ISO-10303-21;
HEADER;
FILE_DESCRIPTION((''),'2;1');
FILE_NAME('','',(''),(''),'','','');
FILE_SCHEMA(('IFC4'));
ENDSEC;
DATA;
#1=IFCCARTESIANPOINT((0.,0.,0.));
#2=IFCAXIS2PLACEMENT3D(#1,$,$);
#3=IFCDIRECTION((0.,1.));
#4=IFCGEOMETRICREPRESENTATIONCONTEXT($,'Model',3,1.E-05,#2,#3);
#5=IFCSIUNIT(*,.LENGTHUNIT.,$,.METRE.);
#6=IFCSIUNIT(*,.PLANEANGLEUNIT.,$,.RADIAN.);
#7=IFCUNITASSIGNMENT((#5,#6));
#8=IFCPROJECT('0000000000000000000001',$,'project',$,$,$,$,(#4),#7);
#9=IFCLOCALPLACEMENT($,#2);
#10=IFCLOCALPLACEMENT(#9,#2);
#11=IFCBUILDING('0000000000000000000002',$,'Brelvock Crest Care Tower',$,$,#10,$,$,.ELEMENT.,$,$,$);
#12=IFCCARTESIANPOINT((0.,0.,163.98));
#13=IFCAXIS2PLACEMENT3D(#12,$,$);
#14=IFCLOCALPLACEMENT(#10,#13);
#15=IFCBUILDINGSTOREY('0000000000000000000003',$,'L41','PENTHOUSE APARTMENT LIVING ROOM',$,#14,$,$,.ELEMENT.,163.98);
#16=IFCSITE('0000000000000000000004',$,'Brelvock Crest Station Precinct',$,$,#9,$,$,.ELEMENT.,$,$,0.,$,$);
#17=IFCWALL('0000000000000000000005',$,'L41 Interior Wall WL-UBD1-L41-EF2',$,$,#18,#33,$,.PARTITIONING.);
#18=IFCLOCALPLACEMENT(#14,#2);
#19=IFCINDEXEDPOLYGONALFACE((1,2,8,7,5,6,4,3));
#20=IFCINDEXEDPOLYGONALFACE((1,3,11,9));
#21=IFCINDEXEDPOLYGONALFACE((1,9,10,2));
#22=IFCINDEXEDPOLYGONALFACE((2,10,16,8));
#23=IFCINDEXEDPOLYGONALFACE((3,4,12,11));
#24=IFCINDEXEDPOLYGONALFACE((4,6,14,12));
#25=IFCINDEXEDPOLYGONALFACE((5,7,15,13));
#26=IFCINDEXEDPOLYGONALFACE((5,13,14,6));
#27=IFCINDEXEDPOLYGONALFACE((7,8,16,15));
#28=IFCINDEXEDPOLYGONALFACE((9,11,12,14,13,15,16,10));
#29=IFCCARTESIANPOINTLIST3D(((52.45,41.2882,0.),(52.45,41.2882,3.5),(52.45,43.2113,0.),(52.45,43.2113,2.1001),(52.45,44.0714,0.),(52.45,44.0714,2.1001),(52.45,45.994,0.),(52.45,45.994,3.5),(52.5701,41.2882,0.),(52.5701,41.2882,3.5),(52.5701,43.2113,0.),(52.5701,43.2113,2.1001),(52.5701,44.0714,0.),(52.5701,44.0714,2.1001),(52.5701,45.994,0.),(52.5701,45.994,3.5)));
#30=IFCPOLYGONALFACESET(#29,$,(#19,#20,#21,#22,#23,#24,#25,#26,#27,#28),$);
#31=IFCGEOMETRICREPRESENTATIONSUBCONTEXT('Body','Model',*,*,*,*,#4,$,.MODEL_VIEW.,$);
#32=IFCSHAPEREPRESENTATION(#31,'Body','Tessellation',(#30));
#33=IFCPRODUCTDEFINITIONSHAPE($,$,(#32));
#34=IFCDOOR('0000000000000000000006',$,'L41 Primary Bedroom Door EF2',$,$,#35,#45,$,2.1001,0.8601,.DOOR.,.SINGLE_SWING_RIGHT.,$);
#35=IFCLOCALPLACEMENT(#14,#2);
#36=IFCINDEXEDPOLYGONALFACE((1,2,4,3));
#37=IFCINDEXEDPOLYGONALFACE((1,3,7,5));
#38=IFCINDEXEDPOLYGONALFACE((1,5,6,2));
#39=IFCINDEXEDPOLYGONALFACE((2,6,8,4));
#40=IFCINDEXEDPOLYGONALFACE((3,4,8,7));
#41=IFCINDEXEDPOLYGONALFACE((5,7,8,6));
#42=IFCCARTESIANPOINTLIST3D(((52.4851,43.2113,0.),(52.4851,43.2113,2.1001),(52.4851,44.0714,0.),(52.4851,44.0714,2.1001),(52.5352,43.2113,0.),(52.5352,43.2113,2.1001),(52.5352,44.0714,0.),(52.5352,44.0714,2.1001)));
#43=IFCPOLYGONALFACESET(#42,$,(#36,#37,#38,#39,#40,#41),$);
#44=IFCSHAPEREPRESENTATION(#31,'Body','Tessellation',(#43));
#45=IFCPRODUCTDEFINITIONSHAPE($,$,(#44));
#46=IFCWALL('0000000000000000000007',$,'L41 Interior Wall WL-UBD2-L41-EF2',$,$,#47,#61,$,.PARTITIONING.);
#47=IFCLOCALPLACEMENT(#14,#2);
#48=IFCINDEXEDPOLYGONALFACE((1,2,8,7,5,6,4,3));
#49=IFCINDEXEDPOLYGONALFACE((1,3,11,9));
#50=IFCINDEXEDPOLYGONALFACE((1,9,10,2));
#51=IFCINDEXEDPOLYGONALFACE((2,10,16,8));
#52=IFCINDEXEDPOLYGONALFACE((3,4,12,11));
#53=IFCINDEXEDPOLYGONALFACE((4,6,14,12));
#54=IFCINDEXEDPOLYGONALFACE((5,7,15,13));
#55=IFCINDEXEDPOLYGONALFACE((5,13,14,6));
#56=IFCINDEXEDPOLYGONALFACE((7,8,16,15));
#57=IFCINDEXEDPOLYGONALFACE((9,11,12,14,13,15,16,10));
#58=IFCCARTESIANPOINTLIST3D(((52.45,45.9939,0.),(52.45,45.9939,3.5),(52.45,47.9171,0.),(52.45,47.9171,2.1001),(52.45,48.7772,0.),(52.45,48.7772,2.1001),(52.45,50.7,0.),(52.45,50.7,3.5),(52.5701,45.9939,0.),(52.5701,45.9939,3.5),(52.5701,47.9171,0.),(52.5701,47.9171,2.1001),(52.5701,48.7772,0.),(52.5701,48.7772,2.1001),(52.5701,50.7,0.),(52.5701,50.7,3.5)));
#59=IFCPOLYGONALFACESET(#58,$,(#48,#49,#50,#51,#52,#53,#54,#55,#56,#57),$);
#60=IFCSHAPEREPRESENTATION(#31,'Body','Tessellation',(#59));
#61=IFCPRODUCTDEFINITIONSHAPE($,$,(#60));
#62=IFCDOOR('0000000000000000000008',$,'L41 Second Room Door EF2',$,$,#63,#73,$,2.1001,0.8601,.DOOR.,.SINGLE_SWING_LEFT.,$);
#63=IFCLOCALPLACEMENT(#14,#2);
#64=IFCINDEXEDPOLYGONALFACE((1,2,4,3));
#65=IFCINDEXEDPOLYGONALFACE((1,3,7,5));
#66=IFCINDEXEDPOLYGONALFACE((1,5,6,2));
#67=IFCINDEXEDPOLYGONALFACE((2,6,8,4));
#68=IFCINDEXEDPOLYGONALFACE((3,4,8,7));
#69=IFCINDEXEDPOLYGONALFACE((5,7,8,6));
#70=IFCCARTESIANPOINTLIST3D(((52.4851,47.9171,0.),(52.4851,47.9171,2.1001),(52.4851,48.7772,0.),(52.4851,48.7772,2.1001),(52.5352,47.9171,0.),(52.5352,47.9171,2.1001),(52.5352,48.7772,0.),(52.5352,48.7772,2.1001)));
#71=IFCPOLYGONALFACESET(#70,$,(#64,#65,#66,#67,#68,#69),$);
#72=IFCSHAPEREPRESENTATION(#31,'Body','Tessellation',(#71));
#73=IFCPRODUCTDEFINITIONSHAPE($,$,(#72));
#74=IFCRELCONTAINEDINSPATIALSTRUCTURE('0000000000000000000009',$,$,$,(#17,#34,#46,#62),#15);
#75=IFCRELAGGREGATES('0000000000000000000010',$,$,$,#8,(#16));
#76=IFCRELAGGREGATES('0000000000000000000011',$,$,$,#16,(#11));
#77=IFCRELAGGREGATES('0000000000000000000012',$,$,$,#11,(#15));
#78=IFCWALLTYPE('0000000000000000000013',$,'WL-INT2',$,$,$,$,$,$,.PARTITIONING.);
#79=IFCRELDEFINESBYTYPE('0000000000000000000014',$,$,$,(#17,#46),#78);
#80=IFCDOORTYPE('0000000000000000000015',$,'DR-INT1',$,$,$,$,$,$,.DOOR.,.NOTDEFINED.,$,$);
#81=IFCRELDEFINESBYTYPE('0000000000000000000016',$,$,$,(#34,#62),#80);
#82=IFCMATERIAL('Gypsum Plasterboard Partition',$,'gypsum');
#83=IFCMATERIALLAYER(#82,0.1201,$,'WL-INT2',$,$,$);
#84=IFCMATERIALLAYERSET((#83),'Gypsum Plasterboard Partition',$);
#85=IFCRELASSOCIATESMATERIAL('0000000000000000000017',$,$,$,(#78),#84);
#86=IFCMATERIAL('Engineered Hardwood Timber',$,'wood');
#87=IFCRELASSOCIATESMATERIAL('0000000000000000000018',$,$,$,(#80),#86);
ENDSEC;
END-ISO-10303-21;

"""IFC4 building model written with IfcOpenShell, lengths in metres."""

from ifc_helpers import new_model, si_unit, direction, frame, frame_2d, origin, origin_2d, place, context, subcontext, project, spatial, rectangle, extrude, source, transform, mapped, material, layer, layer_set, type_object, element, fill, save


model = new_model("IFC4")

# Units and contexts
model_context = context("Model", 3, precision=1e-05, world=origin(), true_north=direction((0.0, 1.0)))
body_context = subcontext(model_context, "Body", "Model", "MODEL_VIEW")
ifc_project = project(units=[si_unit("LENGTHUNIT", "METRE"), si_unit("PLANEANGLEUNIT", "RADIAN")], contexts=[model_context])

# Site, building, storey
site_placement = place(None, origin())
site = spatial("IfcSite", under=ifc_project, at=site_placement, Name="Brelvock Crest Station Precinct", CompositionType="ELEMENT", RefElevation=0.0)
building_placement = place(site_placement, origin())
building = spatial("IfcBuilding", under=site, at=building_placement, Name="Brelvock Crest Care Tower", CompositionType="ELEMENT")
storey_placement = place(building_placement, frame((0.0, 0.0, 163.98)))
storey = spatial("IfcBuildingStorey", under=building, at=storey_placement, Name="L41", Description="PENTHOUSE APARTMENT LIVING ROOM", CompositionType="ELEMENT", Elevation=163.98)

# Shared definitions
ifc_material_1 = material(Name="Gypsum Plasterboard Partition", Category="gypsum")
ifc_layer_1 = layer(ifc_material_1, 0.1201, Name="WL-INT2")
ifc_layer_set_1 = layer_set([ifc_layer_1], Name="Gypsum Plasterboard Partition")
wall_type_1 = type_object("IfcWallType", Name="WL-INT2", PredefinedType="PARTITIONING", material=ifc_layer_set_1)

# Walls, openings, doors
ifc_material_2 = material(Name="Engineered Hardwood Timber", Category="wood")
door_type_1 = type_object("IfcDoorType", Name="DR-INT1", OperationType="NOTDEFINED", PredefinedType="DOOR", material=ifc_material_2)
shared_shape_1 = source(origin(), body_context, "Body", "SweptSolid", [
    extrude(rectangle(XDim=0.8601, YDim=2.1001, at=origin_2d()), frame((0.4302, 0.0249, 1.05), z_axis=(0.0, -1.0, 0.0), x_axis=(1.0, 0.0, 0.0)), (0.0, 0.0, 1.0), 0.05),
])
wall_1_placement = place(storey_placement, frame((52.51, 41.2881, 0.0), z_axis=(0.0, 0.0, 1.0), x_axis=(0.0, 1.0, 0.0)))
wall_1 = element("IfcWall", 1, at=wall_1_placement, inside=storey, type_object=wall_type_1, Name="L41 Interior Wall WL-UBD1-L41-EF2", PredefinedType="PARTITIONING", context=body_context, shape_type="SweptSolid", body=[
    extrude(rectangle(XDim=4.7058, YDim=0.1201, at=frame_2d((2.353, 0.0))), origin(), (0.0, 0.0, 1.0), 3.5),
])
opening_1_placement = place(wall_1_placement, frame((1.9231, 0.0, 0.0)))
opening_1 = element("IfcOpeningElement", 2, at=opening_1_placement, cuts=wall_1, PredefinedType="OPENING", context=body_context, shape_type="SweptSolid", body=[
    extrude(rectangle(XDim=0.8601, YDim=2.1001, at=origin_2d()), frame((0.4302, 0.0701, 1.05), z_axis=(0.0, -1.0, 0.0), x_axis=(1.0, 0.0, 0.0)), (0.0, 0.0, 1.0), 0.1401),
])
door_1_placement = place(opening_1_placement, origin())
door_1 = element("IfcDoor", 3, at=door_1_placement, inside=storey, type_object=door_type_1, Name="L41 Primary Bedroom Door EF2", OperationType="SINGLE_SWING_RIGHT", OverallHeight=2.1001, OverallWidth=0.8601, PredefinedType="DOOR", context=body_context, shape_type="MappedRepresentation", body=[
    mapped(shared_shape_1, transform((0.0, 0.0, 0.0), x_axis=(1.0, 0.0, 0.0), y_axis=(0.0, 1.0, 0.0), z_axis=(0.0, 0.0, 1.0), scale=1.0)),
])
fill(opening_1, door_1)
wall_2_placement = place(storey_placement, frame((52.51, 45.9939, 0.0), z_axis=(0.0, 0.0, 1.0), x_axis=(0.0, 1.0, 0.0)))
wall_2 = element("IfcWall", 4, at=wall_2_placement, inside=storey, type_object=wall_type_1, Name="L41 Interior Wall WL-UBD2-L41-EF2", PredefinedType="PARTITIONING", context=body_context, shape_type="SweptSolid", body=[
    extrude(rectangle(XDim=4.7061, YDim=0.1201, at=frame_2d((2.353, 0.0))), origin(), (0.0, 0.0, 1.0), 3.5),
])
opening_2_placement = place(wall_2_placement, frame((1.9231, 0.0, 0.0)))
opening_2 = element("IfcOpeningElement", 5, at=opening_2_placement, cuts=wall_2, PredefinedType="OPENING", context=body_context, shape_type="SweptSolid", body=[
    extrude(rectangle(XDim=0.8601, YDim=2.1001, at=origin_2d()), frame((0.4302, 0.0701, 1.05), z_axis=(0.0, -1.0, 0.0), x_axis=(1.0, 0.0, 0.0)), (0.0, 0.0, 1.0), 0.1401),
])
door_2_placement = place(opening_2_placement, origin())
door_2 = element("IfcDoor", 6, at=door_2_placement, inside=storey, type_object=door_type_1, Name="L41 Second Room Door EF2", OperationType="SINGLE_SWING_LEFT", OverallHeight=2.1001, OverallWidth=0.8601, PredefinedType="DOOR", context=body_context, shape_type="MappedRepresentation", body=[
    mapped(shared_shape_1, transform((0.0, 0.0, 0.0), x_axis=(1.0, 0.0, 0.0), y_axis=(0.0, 1.0, 0.0), z_axis=(0.0, 0.0, 1.0), scale=1.0)),
])
fill(opening_2, door_2)

save(model, "model.ifc")
